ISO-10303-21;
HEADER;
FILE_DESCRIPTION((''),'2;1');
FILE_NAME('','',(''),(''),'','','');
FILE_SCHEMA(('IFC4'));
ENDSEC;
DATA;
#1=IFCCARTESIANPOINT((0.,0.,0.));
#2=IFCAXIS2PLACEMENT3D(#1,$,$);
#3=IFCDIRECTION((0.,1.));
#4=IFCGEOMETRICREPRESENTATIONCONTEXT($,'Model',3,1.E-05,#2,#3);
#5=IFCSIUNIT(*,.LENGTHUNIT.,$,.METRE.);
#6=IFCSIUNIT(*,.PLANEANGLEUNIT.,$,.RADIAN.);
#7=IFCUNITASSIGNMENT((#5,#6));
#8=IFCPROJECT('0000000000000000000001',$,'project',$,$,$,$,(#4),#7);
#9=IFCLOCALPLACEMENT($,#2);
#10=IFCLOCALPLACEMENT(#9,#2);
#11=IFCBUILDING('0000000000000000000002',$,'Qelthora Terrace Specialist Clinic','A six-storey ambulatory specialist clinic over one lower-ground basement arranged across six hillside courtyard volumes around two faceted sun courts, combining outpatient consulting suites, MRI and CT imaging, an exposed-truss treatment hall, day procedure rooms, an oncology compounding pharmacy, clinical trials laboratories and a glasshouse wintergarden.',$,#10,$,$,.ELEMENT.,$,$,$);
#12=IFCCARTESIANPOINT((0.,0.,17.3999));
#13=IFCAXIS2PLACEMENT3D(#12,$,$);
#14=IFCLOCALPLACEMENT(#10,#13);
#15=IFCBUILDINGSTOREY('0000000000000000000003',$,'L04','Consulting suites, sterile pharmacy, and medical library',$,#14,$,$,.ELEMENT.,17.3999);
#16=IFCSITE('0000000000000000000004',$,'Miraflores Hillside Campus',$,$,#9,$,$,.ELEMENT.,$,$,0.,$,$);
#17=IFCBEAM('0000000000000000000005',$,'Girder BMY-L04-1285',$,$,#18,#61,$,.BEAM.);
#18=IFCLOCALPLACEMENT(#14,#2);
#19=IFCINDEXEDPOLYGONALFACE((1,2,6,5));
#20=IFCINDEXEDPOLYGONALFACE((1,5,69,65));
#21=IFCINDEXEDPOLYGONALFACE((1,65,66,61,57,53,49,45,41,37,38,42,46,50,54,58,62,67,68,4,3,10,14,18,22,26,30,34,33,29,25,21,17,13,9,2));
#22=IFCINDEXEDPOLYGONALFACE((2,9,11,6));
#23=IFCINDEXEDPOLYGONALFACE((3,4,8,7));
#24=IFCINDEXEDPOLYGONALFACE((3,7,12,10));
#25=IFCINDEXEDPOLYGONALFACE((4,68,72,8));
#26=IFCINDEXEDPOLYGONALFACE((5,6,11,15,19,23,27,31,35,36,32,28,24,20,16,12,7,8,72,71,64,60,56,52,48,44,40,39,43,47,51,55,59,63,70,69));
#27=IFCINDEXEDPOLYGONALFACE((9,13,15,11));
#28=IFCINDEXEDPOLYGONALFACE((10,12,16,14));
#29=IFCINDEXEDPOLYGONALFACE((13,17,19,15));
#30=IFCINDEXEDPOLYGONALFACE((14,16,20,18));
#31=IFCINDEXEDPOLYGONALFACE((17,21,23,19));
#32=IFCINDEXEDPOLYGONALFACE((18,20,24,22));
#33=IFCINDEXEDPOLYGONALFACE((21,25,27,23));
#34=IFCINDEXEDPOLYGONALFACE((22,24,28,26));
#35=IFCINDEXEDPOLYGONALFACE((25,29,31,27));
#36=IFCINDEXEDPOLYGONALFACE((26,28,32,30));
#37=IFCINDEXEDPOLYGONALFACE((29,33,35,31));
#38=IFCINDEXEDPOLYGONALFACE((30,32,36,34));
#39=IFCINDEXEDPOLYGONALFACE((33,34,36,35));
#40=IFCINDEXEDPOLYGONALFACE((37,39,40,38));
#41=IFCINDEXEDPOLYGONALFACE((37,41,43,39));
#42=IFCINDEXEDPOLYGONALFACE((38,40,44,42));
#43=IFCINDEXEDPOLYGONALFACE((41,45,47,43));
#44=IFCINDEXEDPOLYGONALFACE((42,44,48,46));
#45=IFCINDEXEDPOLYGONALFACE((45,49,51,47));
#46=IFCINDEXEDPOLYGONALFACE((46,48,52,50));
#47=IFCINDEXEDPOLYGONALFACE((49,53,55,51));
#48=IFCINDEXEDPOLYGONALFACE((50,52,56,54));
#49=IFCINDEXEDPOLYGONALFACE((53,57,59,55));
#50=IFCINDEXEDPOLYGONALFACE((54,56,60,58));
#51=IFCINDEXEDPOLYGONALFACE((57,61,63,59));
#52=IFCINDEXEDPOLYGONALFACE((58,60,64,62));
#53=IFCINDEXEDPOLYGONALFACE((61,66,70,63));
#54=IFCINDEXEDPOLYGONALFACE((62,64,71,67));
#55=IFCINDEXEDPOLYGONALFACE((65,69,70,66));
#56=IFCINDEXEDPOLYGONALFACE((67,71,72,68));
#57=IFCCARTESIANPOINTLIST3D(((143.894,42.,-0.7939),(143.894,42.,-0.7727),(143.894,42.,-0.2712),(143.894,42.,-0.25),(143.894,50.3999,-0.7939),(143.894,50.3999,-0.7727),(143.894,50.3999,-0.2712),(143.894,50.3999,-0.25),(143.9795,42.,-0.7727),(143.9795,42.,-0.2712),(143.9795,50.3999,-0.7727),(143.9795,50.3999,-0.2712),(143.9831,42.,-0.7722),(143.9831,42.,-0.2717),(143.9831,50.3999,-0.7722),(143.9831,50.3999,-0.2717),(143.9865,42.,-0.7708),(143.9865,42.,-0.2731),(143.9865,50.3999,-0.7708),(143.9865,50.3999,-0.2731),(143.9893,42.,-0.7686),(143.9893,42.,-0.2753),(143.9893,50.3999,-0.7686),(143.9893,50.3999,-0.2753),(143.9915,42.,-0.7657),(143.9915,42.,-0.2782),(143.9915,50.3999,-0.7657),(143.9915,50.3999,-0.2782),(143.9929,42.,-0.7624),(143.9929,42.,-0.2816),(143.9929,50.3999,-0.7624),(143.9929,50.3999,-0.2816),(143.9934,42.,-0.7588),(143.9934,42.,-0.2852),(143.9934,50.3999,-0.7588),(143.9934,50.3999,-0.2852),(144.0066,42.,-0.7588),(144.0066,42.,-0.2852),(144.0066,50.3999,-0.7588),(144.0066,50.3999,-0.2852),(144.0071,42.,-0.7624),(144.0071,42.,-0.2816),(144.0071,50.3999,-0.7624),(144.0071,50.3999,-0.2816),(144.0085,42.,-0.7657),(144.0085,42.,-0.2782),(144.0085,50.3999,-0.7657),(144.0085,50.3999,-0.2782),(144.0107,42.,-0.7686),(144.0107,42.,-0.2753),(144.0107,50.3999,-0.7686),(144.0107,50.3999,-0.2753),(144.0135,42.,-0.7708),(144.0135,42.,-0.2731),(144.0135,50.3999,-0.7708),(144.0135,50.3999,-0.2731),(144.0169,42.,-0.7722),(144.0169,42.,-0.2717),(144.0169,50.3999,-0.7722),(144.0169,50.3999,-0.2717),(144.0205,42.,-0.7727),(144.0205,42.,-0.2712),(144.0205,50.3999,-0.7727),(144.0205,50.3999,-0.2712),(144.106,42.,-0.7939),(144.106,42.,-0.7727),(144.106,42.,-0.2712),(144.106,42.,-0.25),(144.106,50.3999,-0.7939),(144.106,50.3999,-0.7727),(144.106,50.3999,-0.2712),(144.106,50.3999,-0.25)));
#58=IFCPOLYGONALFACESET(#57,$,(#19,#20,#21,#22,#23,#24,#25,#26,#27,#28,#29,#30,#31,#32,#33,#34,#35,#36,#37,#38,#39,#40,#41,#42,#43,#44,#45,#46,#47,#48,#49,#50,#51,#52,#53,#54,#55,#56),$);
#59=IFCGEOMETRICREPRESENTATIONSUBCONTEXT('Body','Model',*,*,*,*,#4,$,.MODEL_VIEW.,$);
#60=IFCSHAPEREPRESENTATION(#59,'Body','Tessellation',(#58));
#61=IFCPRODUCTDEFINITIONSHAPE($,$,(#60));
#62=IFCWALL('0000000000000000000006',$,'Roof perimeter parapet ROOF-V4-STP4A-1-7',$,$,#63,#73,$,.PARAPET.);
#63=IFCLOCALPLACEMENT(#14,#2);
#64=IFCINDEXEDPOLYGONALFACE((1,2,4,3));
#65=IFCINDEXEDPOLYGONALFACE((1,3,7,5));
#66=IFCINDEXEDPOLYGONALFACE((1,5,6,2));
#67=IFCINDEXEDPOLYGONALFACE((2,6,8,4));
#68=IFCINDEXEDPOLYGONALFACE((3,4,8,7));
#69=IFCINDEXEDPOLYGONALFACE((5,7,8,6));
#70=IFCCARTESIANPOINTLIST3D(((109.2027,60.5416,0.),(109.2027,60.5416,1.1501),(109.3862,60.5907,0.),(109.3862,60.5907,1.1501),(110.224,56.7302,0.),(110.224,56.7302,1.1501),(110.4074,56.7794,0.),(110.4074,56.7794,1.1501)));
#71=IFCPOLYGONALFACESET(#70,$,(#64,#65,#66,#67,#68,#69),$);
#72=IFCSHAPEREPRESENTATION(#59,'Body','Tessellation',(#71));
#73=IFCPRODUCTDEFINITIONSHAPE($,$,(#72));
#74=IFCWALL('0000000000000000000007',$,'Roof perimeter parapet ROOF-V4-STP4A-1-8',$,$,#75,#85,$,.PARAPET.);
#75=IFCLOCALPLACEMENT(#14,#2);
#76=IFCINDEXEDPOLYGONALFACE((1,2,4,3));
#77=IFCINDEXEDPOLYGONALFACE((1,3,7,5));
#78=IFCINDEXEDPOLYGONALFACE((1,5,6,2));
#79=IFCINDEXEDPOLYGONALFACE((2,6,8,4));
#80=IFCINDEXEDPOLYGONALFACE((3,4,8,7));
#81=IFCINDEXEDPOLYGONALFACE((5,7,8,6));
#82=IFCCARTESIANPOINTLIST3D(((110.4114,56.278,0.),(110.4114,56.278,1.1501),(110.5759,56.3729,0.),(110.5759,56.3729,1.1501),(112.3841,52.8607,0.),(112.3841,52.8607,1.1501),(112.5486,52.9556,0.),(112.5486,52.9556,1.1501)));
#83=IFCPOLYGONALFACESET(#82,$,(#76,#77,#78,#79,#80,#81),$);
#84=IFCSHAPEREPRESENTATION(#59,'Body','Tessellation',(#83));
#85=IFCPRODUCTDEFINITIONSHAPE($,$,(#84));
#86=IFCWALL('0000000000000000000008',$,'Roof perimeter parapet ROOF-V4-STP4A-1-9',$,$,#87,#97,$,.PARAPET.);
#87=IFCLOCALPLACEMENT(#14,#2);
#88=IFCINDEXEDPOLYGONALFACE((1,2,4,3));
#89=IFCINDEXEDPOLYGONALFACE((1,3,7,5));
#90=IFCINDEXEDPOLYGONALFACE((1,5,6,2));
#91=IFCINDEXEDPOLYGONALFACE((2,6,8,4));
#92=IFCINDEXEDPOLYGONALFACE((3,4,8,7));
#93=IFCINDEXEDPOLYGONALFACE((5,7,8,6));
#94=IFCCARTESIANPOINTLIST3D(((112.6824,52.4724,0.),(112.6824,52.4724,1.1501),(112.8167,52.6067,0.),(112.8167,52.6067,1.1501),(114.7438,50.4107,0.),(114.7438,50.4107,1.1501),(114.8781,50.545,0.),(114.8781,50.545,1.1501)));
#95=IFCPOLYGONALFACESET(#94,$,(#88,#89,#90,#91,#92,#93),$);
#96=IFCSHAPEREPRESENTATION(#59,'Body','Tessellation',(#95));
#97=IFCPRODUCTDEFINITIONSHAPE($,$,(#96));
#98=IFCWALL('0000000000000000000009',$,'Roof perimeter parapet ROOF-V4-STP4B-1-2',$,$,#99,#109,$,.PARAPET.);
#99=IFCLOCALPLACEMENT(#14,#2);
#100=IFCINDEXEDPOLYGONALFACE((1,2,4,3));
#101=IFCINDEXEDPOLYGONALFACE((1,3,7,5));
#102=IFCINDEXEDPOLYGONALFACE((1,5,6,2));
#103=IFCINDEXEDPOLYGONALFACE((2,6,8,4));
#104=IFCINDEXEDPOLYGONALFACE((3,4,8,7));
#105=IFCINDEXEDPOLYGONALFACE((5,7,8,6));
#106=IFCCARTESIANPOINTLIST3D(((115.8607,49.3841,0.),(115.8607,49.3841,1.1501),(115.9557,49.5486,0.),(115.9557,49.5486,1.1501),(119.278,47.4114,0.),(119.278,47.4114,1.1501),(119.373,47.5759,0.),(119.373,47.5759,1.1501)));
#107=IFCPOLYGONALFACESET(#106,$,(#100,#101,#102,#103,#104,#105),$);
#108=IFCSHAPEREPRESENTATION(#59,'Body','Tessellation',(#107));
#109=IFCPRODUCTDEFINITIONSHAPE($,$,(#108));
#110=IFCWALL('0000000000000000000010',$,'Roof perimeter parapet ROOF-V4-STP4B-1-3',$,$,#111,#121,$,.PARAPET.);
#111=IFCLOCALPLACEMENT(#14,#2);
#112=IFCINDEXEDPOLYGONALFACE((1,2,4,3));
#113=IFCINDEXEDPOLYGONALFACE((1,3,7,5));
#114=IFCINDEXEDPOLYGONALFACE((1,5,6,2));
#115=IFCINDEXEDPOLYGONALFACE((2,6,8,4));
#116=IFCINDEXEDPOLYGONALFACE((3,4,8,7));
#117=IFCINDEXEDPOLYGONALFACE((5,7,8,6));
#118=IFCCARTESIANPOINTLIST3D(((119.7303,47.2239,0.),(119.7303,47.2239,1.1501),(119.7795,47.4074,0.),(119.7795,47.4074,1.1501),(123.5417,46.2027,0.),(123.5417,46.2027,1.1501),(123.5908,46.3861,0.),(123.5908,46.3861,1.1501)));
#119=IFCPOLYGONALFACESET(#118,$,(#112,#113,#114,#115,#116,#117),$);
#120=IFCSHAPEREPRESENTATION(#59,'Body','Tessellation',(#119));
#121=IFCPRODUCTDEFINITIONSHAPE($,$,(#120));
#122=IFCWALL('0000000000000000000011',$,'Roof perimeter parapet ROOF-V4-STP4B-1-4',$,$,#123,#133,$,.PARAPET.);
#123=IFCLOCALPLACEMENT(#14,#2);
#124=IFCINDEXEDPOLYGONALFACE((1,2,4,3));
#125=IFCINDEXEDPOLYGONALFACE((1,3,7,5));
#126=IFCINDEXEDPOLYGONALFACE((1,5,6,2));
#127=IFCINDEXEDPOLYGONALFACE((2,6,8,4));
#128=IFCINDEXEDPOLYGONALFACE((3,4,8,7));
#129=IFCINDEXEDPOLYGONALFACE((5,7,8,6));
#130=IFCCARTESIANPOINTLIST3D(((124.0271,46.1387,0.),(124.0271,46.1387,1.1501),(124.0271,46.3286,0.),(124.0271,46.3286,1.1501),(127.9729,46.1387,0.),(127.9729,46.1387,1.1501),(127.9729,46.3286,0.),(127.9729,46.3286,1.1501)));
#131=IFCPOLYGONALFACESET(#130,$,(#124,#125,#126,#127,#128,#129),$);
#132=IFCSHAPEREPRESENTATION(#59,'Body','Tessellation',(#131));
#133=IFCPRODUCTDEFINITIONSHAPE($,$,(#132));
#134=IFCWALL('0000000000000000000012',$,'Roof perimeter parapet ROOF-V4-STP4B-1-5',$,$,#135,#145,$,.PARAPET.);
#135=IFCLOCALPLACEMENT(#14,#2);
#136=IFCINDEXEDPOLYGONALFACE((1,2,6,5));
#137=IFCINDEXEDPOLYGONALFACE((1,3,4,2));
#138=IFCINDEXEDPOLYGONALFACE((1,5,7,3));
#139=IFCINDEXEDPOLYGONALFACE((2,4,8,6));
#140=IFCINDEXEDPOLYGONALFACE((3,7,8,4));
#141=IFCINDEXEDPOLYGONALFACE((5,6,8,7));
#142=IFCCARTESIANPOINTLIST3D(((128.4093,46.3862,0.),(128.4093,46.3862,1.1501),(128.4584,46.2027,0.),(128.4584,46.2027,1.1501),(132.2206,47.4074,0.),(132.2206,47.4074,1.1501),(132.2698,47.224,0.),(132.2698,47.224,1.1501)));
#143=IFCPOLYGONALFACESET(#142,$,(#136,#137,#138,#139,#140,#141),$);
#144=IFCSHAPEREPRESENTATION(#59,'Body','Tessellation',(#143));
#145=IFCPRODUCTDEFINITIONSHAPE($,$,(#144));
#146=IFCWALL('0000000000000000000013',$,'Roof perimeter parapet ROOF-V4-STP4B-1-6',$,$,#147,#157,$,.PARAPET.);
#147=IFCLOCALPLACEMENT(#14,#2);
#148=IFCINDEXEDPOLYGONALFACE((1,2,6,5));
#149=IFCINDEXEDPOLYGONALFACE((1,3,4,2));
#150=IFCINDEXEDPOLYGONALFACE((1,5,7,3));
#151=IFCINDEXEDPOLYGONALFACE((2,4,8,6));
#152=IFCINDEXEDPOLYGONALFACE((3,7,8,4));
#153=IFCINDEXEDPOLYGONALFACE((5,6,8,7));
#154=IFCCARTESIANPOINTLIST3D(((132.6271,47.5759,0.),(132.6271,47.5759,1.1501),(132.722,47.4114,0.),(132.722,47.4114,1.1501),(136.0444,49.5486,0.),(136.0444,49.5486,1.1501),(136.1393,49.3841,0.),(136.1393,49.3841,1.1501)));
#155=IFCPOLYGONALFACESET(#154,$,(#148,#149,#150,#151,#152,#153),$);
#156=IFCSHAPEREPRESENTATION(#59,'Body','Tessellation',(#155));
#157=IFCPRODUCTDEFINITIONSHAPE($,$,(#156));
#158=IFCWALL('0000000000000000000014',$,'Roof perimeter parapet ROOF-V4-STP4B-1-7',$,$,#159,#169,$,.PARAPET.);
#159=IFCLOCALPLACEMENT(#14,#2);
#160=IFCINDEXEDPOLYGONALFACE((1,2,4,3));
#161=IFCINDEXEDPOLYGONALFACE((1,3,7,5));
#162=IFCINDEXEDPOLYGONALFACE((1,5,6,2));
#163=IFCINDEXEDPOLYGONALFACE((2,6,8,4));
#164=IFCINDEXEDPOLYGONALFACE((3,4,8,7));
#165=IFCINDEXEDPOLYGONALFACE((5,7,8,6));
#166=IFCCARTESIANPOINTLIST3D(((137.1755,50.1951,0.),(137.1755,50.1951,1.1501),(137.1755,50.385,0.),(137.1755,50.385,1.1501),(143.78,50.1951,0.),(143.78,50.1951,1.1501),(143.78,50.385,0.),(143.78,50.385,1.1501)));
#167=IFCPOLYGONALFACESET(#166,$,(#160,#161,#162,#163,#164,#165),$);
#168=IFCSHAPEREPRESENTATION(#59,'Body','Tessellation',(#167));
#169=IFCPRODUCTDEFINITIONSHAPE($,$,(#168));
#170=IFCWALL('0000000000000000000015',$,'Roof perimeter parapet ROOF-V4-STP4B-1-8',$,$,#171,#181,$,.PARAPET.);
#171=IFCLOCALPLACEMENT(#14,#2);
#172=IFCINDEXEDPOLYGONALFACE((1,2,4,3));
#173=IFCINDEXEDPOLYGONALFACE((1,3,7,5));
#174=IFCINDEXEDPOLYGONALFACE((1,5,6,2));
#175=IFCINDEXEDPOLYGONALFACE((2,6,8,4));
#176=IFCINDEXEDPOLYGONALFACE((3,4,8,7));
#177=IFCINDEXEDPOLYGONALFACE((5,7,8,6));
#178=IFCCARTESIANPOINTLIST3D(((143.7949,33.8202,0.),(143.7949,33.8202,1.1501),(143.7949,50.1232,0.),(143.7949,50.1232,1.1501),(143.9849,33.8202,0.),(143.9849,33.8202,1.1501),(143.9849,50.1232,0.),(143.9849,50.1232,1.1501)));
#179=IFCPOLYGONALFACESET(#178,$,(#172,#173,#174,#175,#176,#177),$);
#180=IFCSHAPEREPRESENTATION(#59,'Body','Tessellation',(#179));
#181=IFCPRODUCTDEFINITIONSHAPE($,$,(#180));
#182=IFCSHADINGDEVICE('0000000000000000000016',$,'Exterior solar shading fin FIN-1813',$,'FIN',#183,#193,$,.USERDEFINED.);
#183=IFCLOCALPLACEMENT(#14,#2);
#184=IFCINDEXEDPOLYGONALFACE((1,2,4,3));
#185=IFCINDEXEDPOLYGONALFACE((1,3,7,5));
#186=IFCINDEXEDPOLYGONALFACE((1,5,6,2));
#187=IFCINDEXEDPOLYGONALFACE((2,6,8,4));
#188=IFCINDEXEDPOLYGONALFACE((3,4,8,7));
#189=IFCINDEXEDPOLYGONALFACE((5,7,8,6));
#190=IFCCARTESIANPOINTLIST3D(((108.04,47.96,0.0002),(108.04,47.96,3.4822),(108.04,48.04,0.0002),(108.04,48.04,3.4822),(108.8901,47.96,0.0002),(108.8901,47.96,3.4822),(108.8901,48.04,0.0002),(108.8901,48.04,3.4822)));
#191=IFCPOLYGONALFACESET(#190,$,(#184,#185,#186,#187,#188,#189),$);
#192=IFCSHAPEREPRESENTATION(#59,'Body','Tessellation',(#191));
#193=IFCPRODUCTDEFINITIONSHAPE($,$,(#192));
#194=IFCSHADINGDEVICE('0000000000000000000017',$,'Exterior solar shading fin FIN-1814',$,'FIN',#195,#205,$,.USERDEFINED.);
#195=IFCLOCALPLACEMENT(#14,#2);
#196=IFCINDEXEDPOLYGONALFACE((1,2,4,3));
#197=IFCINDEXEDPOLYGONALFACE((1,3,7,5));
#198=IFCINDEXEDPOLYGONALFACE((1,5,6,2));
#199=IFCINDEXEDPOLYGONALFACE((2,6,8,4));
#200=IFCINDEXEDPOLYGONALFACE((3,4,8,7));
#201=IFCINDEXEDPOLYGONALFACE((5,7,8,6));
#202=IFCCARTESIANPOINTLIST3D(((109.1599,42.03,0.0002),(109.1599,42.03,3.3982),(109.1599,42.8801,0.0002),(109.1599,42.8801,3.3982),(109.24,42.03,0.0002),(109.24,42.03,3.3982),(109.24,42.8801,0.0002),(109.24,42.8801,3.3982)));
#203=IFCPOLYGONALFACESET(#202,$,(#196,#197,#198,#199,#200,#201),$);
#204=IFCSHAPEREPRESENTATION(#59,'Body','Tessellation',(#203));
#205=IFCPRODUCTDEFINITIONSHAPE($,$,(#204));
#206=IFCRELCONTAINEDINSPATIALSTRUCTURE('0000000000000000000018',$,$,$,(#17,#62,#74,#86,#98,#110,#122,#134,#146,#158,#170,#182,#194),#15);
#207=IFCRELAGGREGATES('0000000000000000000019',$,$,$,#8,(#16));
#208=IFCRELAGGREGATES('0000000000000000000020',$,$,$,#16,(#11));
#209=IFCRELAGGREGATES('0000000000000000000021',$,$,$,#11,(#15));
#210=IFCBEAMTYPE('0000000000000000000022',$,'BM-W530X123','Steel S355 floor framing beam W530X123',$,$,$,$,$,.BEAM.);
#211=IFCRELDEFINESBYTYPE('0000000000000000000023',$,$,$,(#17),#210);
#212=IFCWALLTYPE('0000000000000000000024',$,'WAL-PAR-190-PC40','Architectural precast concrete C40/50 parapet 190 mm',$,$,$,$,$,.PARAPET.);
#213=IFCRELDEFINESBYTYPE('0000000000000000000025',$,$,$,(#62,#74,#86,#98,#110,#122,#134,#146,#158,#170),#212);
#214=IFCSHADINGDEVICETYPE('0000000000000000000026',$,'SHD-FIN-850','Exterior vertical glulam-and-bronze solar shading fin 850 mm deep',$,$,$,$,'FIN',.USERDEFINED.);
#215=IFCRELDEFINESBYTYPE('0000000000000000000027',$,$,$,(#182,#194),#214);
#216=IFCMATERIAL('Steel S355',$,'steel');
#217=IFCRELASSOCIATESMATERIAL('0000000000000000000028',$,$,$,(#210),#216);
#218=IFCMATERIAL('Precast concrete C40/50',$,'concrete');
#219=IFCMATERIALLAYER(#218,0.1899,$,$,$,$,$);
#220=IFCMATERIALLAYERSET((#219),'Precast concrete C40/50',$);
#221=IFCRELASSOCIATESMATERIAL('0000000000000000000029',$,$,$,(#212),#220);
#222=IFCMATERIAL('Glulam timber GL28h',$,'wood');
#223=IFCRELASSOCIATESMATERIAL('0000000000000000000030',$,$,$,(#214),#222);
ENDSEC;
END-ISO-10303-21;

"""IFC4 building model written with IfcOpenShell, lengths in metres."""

from ifc_helpers import new_model, si_unit, direction, frame, frame_2d, origin, origin_2d, place, context, subcontext, project, spatial, rectangle, i_section, extrude, material, layer, layer_set, material_profile, profile_set, type_object, element, save


model = new_model("IFC4")

# Units and contexts
model_context = context("Model", 3, precision=1e-05, world=origin(), true_north=direction((0.0, 1.0)))
body_context = subcontext(model_context, "Body", "Model", "MODEL_VIEW")
ifc_project = project(units=[si_unit("LENGTHUNIT", "METRE"), si_unit("PLANEANGLEUNIT", "RADIAN")], contexts=[model_context])

# Site, building, storey
site_placement = place(None, origin())
site = spatial("IfcSite", under=ifc_project, at=site_placement, Name="Miraflores Hillside Campus", CompositionType="ELEMENT", RefElevation=0.0)
building_placement = place(site_placement, origin())
building = spatial("IfcBuilding", under=site, at=building_placement, Name="Qelthora Terrace Specialist Clinic", Description="A six-storey ambulatory specialist clinic over one lower-ground basement arranged across six hillside courtyard volumes around two faceted sun courts, combining outpatient consulting suites, MRI and CT imaging, an exposed-truss treatment hall, day procedure rooms, an oncology compounding pharmacy, clinical trials laboratories and a glasshouse wintergarden.", CompositionType="ELEMENT")
storey_placement = place(building_placement, frame((0.0, 0.0, 17.3999)))
storey = spatial("IfcBuildingStorey", under=building, at=storey_placement, Name="L04", Description="Consulting suites, sterile pharmacy, and medical library", CompositionType="ELEMENT", Elevation=17.3999)

# Shared definitions
ifc_material_1 = material(Name="Steel S355", Category="steel")

# Beam
ifc_material_profile_1 = material_profile(ifc_material_1, i_section(OverallWidth=0.2119, OverallDepth=0.5439, WebThickness=0.0132, FlangeThickness=0.0212, FilletRadius=0.0139, at=origin_2d()), Name="W530X123")
ifc_profile_set_1 = profile_set([ifc_material_profile_1], Name="Steel S355")
beam_type_1 = type_object("IfcBeamType", Name="BM-W530X123", Description="Steel S355 floor framing beam W530X123", PredefinedType="BEAM", material=ifc_profile_set_1)
beam_1_placement = place(storey_placement, frame((144.0, 42.0, -0.522), z_axis=(0.0, 1.0, 0.0), x_axis=(-1.0, 0.0, 0.0)))
element("IfcBeam", 1, at=beam_1_placement, inside=storey, type_object=beam_type_1, Name="Girder BMY-L04-1285", PredefinedType="BEAM", context=body_context, shape_type="SweptSolid", body=[
    extrude(i_section(OverallWidth=0.2119, OverallDepth=0.5439, WebThickness=0.0132, FlangeThickness=0.0212, FilletRadius=0.0139, at=origin_2d()), origin(), (0.0, 0.0, 1.0), 8.3999),
])

# Walls
ifc_material_2 = material(Name="Precast concrete C40/50", Category="concrete")
ifc_layer = layer(ifc_material_2, 0.1899)
ifc_layer_set = layer_set([ifc_layer], Name="Precast concrete C40/50")
wall_type = type_object("IfcWallType", Name="WAL-PAR-190-PC40", Description="Architectural precast concrete C40/50 parapet 190 mm", PredefinedType="PARAPET", material=ifc_layer_set)
for number, where, z_axis, x_axis, name in (
    (2, (109.2944, 60.5662, 0.0), (0.0, 0.0, 1.0), (0.258822, -0.965925, 0.0), "Roof perimeter parapet ROOF-V4-STP4A-1-7"),
    (3, (110.4937, 56.3254, 0.0), (0.0, 0.0, 1.0), (0.499946, -0.866057, 0.0), "Roof perimeter parapet ROOF-V4-STP4A-1-8"),
):
    element("IfcWall", number, at=place(storey_placement, frame(where, z_axis=z_axis, x_axis=x_axis)), inside=storey, type_object=wall_type, Name=name, PredefinedType="PARAPET", context=body_context, shape_type="SweptSolid", body=[
        extrude(rectangle(XDim=3.9458, YDim=0.1899, at=frame_2d((1.9729, 0.0))), origin(), (0.0, 0.0, 1.0), 1.1501),
    ])
wall_1_placement = place(storey_placement, frame((112.7495, 52.5396, 0.0), z_axis=(0.0, 0.0, 1.0), x_axis=(0.707065, -0.707149, 0.0)))
element("IfcWall", 4, at=wall_1_placement, inside=storey, type_object=wall_type, Name="Roof perimeter parapet ROOF-V4-STP4A-1-9", PredefinedType="PARAPET", context=body_context, shape_type="SweptSolid", body=[
    extrude(rectangle(XDim=2.9155, YDim=0.1899, at=frame_2d((1.4578, 0.0))), origin(), (0.0, 0.0, 1.0), 1.1501),
])
for number, where, z_axis, x_axis, name in (
    (5, (115.9082, 49.4663, 0.0), (0.0, 0.0, 1.0), (0.866057, -0.499946, 0.0), "Roof perimeter parapet ROOF-V4-STP4B-1-2"),
    (6, (119.7549, 47.3157, 0.0), (0.0, 0.0, 1.0), (0.965925, -0.258822, 0.0), "Roof perimeter parapet ROOF-V4-STP4B-1-3"),
    (7, (124.0271, 46.2336, 0.0), (0.0, 0.0, 1.0), (1.0, 0.0, 0.0), "Roof perimeter parapet ROOF-V4-STP4B-1-4"),
    (8, (128.4338, 46.2944, 0.0), (0.0, 0.0, 1.0), (0.965925, 0.258822, 0.0), "Roof perimeter parapet ROOF-V4-STP4B-1-5"),
    (9, (132.6746, 47.4937, 0.0), (0.0, 0.0, 1.0), (0.866057, 0.499946, 0.0), "Roof perimeter parapet ROOF-V4-STP4B-1-6"),
):
    element("IfcWall", number, at=place(storey_placement, frame(where, z_axis=z_axis, x_axis=x_axis)), inside=storey, type_object=wall_type, Name=name, PredefinedType="PARAPET", context=body_context, shape_type="SweptSolid", body=[
        extrude(rectangle(XDim=3.9458, YDim=0.1899, at=frame_2d((1.9729, 0.0))), origin(), (0.0, 0.0, 1.0), 1.1501),
    ])
wall_2_placement = place(storey_placement, frame((137.1755, 50.29, 0.0), z_axis=(0.0, 0.0, 1.0), x_axis=(1.0, 0.0, 0.0)))
element("IfcWall", 10, at=wall_2_placement, inside=storey, type_object=wall_type, Name="Roof perimeter parapet ROOF-V4-STP4B-1-7", PredefinedType="PARAPET", context=body_context, shape_type="SweptSolid", body=[
    extrude(rectangle(XDim=6.6045, YDim=0.1899, at=frame_2d((3.3022, 0.0))), origin(), (0.0, 0.0, 1.0), 1.1501),
])
wall_3_placement = place(storey_placement, frame((143.8899, 50.123, 0.0), z_axis=(0.0, 0.0, 1.0), x_axis=(0.0, -1.0, 0.0)))
element("IfcWall", 11, at=wall_3_placement, inside=storey, type_object=wall_type, Name="Roof perimeter parapet ROOF-V4-STP4B-1-8", PredefinedType="PARAPET", context=body_context, shape_type="SweptSolid", body=[
    extrude(rectangle(XDim=16.303, YDim=0.1899, at=frame_2d((8.1514, 0.0))), origin(), (0.0, 0.0, 1.0), 1.1501),
])

# Shading devices
ifc_material_3 = material(Name="Glulam timber GL28h", Category="wood")
shading_device_type = type_object("IfcShadingDeviceType", Name="SHD-FIN-850", Description="Exterior vertical glulam-and-bronze solar shading fin 850 mm deep", ElementType="FIN", PredefinedType="USERDEFINED", material=ifc_material_3)
shading_device_placement = place(storey_placement, frame((108.4651, 48.0, 0.0002), z_axis=(0.0, 0.0, 1.0), x_axis=(1.0, 0.0, 0.0)))
element("IfcShadingDevice", 12, at=shading_device_placement, inside=storey, type_object=shading_device_type, Name="Exterior solar shading fin FIN-1813", ObjectType="FIN", PredefinedType="USERDEFINED", context=body_context, shape_type="SweptSolid", body=[
    extrude(rectangle(XDim=0.8501, YDim=0.0801, at=origin_2d()), origin(), (0.0, 0.0, 1.0), 3.4819),
])
for number, where, z_axis, x_axis, name in (
    (13, (109.2, 42.4551, 0.0002), (0.0, 0.0, 1.0), (0.0, 1.0, 0.0), "Exterior solar shading fin FIN-1814"),
):
    element("IfcShadingDevice", number, at=place(storey_placement, frame(where, z_axis=z_axis, x_axis=x_axis)), inside=storey, type_object=shading_device_type, Name=name, ObjectType="FIN", PredefinedType="USERDEFINED", context=body_context, shape_type="SweptSolid", body=[
        extrude(rectangle(XDim=0.8501, YDim=0.0801, at=origin_2d()), origin(), (0.0, 0.0, 1.0), 3.3979),
    ])

save(model, "model.ifc")
